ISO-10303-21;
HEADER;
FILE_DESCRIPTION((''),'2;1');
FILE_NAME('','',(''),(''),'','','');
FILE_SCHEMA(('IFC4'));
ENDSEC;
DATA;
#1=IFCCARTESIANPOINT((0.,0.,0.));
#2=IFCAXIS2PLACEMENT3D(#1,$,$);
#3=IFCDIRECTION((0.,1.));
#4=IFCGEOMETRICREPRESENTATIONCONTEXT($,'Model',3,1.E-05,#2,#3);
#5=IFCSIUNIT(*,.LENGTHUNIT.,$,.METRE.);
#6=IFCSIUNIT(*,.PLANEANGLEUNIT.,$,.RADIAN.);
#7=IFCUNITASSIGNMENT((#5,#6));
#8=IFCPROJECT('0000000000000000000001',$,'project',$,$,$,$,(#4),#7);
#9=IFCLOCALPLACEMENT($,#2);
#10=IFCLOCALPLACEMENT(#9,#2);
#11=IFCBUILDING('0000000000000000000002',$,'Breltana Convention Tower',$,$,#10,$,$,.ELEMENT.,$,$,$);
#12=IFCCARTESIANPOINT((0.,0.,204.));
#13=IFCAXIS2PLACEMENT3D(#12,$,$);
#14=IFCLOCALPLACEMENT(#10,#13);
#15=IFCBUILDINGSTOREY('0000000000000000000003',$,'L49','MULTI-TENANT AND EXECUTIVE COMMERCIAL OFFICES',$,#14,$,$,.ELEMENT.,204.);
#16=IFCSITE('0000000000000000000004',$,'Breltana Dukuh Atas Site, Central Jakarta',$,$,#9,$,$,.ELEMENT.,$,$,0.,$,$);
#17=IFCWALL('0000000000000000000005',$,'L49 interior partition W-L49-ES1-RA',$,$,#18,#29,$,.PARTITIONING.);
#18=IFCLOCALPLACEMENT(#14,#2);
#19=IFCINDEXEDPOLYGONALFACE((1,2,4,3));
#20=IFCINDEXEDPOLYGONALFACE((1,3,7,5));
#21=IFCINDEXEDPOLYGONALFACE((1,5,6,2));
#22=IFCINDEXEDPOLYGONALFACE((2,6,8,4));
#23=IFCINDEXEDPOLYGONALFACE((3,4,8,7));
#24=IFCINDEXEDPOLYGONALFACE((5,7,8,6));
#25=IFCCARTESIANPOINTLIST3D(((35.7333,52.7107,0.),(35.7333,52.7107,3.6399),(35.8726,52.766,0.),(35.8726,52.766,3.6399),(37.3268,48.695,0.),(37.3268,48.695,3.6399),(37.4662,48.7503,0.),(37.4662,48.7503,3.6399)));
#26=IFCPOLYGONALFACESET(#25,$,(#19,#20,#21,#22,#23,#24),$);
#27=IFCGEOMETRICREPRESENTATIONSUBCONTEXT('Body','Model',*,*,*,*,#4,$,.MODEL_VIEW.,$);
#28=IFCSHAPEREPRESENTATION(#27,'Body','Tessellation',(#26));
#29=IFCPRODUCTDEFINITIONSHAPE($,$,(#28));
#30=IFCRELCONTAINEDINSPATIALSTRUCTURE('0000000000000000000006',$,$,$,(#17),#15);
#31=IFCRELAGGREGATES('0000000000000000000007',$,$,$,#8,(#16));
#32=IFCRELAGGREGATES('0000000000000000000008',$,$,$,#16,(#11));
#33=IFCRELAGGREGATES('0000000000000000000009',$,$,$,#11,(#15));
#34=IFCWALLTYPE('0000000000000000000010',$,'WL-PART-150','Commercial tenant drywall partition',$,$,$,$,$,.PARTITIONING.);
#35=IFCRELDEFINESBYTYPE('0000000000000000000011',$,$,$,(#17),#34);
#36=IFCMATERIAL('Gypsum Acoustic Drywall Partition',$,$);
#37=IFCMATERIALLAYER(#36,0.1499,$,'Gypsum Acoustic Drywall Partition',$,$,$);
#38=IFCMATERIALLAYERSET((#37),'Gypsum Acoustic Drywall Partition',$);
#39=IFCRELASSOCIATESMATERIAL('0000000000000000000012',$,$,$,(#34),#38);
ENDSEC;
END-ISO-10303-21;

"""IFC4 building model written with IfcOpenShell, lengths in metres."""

from ifc_helpers import new_model, si_unit, direction, frame, frame_2d, origin, place, context, subcontext, project, spatial, rectangle, extrude, source, transform, mapped, material, layer, layer_set, type_object, element, save


model = new_model("IFC4")

# Units and contexts
model_context = context("Model", 3, precision=1e-05, world=origin(), true_north=direction((0.0, 1.0)))
body_context = subcontext(model_context, "Body", "Model", "MODEL_VIEW")
ifc_project = project(units=[si_unit("LENGTHUNIT", "METRE"), si_unit("PLANEANGLEUNIT", "RADIAN")], contexts=[model_context])

# Site, building, storey
site_placement = place(None, origin())
site = spatial("IfcSite", under=ifc_project, at=site_placement, Name="Breltana Dukuh Atas Site, Central Jakarta", CompositionType="ELEMENT", RefElevation=0.0)
building_placement = place(site_placement, origin())
building = spatial("IfcBuilding", under=site, at=building_placement, Name="Breltana Convention Tower", CompositionType="ELEMENT")
storey_placement = place(building_placement, frame((0.0, 0.0, 204.0)))
storey = spatial("IfcBuildingStorey", under=building, at=storey_placement, Name="L49", Description="MULTI-TENANT AND EXECUTIVE COMMERCIAL OFFICES", CompositionType="ELEMENT", Elevation=204.0)

# Wall
ifc_material_1 = material(Name="Gypsum Acoustic Drywall Partition")
ifc_layer_1 = layer(ifc_material_1, 0.1499, Name="Gypsum Acoustic Drywall Partition")
ifc_layer_set_1 = layer_set([ifc_layer_1], Name="Gypsum Acoustic Drywall Partition")
wall_type_1 = type_object("IfcWallType", Name="WL-PART-150", Description="Commercial tenant drywall partition", PredefinedType="PARTITIONING", material=ifc_layer_set_1)
shared_shape_1 = source(origin(), body_context, "Body", "SweptSolid", [
    extrude(rectangle(XDim=4.3203, YDim=0.1499, at=frame_2d((2.1602, 0.0))), origin(), (0.0, 0.0, 1.0), 3.6399),
])
wall_1_placement = place(storey_placement, frame((37.3965, 48.7227, 0.0), z_axis=(0.0, 0.0, 1.0), x_axis=(-0.368846, 0.92949, 0.0)))
element("IfcWall", 1, at=wall_1_placement, inside=storey, type_object=wall_type_1, Name="L49 interior partition W-L49-ES1-RA", PredefinedType="PARTITIONING", context=body_context, shape_type="MappedRepresentation", body=[
    mapped(shared_shape_1, transform((0.0, 0.0, 0.0), scale=1.0)),
])

save(model, "model.ifc")
